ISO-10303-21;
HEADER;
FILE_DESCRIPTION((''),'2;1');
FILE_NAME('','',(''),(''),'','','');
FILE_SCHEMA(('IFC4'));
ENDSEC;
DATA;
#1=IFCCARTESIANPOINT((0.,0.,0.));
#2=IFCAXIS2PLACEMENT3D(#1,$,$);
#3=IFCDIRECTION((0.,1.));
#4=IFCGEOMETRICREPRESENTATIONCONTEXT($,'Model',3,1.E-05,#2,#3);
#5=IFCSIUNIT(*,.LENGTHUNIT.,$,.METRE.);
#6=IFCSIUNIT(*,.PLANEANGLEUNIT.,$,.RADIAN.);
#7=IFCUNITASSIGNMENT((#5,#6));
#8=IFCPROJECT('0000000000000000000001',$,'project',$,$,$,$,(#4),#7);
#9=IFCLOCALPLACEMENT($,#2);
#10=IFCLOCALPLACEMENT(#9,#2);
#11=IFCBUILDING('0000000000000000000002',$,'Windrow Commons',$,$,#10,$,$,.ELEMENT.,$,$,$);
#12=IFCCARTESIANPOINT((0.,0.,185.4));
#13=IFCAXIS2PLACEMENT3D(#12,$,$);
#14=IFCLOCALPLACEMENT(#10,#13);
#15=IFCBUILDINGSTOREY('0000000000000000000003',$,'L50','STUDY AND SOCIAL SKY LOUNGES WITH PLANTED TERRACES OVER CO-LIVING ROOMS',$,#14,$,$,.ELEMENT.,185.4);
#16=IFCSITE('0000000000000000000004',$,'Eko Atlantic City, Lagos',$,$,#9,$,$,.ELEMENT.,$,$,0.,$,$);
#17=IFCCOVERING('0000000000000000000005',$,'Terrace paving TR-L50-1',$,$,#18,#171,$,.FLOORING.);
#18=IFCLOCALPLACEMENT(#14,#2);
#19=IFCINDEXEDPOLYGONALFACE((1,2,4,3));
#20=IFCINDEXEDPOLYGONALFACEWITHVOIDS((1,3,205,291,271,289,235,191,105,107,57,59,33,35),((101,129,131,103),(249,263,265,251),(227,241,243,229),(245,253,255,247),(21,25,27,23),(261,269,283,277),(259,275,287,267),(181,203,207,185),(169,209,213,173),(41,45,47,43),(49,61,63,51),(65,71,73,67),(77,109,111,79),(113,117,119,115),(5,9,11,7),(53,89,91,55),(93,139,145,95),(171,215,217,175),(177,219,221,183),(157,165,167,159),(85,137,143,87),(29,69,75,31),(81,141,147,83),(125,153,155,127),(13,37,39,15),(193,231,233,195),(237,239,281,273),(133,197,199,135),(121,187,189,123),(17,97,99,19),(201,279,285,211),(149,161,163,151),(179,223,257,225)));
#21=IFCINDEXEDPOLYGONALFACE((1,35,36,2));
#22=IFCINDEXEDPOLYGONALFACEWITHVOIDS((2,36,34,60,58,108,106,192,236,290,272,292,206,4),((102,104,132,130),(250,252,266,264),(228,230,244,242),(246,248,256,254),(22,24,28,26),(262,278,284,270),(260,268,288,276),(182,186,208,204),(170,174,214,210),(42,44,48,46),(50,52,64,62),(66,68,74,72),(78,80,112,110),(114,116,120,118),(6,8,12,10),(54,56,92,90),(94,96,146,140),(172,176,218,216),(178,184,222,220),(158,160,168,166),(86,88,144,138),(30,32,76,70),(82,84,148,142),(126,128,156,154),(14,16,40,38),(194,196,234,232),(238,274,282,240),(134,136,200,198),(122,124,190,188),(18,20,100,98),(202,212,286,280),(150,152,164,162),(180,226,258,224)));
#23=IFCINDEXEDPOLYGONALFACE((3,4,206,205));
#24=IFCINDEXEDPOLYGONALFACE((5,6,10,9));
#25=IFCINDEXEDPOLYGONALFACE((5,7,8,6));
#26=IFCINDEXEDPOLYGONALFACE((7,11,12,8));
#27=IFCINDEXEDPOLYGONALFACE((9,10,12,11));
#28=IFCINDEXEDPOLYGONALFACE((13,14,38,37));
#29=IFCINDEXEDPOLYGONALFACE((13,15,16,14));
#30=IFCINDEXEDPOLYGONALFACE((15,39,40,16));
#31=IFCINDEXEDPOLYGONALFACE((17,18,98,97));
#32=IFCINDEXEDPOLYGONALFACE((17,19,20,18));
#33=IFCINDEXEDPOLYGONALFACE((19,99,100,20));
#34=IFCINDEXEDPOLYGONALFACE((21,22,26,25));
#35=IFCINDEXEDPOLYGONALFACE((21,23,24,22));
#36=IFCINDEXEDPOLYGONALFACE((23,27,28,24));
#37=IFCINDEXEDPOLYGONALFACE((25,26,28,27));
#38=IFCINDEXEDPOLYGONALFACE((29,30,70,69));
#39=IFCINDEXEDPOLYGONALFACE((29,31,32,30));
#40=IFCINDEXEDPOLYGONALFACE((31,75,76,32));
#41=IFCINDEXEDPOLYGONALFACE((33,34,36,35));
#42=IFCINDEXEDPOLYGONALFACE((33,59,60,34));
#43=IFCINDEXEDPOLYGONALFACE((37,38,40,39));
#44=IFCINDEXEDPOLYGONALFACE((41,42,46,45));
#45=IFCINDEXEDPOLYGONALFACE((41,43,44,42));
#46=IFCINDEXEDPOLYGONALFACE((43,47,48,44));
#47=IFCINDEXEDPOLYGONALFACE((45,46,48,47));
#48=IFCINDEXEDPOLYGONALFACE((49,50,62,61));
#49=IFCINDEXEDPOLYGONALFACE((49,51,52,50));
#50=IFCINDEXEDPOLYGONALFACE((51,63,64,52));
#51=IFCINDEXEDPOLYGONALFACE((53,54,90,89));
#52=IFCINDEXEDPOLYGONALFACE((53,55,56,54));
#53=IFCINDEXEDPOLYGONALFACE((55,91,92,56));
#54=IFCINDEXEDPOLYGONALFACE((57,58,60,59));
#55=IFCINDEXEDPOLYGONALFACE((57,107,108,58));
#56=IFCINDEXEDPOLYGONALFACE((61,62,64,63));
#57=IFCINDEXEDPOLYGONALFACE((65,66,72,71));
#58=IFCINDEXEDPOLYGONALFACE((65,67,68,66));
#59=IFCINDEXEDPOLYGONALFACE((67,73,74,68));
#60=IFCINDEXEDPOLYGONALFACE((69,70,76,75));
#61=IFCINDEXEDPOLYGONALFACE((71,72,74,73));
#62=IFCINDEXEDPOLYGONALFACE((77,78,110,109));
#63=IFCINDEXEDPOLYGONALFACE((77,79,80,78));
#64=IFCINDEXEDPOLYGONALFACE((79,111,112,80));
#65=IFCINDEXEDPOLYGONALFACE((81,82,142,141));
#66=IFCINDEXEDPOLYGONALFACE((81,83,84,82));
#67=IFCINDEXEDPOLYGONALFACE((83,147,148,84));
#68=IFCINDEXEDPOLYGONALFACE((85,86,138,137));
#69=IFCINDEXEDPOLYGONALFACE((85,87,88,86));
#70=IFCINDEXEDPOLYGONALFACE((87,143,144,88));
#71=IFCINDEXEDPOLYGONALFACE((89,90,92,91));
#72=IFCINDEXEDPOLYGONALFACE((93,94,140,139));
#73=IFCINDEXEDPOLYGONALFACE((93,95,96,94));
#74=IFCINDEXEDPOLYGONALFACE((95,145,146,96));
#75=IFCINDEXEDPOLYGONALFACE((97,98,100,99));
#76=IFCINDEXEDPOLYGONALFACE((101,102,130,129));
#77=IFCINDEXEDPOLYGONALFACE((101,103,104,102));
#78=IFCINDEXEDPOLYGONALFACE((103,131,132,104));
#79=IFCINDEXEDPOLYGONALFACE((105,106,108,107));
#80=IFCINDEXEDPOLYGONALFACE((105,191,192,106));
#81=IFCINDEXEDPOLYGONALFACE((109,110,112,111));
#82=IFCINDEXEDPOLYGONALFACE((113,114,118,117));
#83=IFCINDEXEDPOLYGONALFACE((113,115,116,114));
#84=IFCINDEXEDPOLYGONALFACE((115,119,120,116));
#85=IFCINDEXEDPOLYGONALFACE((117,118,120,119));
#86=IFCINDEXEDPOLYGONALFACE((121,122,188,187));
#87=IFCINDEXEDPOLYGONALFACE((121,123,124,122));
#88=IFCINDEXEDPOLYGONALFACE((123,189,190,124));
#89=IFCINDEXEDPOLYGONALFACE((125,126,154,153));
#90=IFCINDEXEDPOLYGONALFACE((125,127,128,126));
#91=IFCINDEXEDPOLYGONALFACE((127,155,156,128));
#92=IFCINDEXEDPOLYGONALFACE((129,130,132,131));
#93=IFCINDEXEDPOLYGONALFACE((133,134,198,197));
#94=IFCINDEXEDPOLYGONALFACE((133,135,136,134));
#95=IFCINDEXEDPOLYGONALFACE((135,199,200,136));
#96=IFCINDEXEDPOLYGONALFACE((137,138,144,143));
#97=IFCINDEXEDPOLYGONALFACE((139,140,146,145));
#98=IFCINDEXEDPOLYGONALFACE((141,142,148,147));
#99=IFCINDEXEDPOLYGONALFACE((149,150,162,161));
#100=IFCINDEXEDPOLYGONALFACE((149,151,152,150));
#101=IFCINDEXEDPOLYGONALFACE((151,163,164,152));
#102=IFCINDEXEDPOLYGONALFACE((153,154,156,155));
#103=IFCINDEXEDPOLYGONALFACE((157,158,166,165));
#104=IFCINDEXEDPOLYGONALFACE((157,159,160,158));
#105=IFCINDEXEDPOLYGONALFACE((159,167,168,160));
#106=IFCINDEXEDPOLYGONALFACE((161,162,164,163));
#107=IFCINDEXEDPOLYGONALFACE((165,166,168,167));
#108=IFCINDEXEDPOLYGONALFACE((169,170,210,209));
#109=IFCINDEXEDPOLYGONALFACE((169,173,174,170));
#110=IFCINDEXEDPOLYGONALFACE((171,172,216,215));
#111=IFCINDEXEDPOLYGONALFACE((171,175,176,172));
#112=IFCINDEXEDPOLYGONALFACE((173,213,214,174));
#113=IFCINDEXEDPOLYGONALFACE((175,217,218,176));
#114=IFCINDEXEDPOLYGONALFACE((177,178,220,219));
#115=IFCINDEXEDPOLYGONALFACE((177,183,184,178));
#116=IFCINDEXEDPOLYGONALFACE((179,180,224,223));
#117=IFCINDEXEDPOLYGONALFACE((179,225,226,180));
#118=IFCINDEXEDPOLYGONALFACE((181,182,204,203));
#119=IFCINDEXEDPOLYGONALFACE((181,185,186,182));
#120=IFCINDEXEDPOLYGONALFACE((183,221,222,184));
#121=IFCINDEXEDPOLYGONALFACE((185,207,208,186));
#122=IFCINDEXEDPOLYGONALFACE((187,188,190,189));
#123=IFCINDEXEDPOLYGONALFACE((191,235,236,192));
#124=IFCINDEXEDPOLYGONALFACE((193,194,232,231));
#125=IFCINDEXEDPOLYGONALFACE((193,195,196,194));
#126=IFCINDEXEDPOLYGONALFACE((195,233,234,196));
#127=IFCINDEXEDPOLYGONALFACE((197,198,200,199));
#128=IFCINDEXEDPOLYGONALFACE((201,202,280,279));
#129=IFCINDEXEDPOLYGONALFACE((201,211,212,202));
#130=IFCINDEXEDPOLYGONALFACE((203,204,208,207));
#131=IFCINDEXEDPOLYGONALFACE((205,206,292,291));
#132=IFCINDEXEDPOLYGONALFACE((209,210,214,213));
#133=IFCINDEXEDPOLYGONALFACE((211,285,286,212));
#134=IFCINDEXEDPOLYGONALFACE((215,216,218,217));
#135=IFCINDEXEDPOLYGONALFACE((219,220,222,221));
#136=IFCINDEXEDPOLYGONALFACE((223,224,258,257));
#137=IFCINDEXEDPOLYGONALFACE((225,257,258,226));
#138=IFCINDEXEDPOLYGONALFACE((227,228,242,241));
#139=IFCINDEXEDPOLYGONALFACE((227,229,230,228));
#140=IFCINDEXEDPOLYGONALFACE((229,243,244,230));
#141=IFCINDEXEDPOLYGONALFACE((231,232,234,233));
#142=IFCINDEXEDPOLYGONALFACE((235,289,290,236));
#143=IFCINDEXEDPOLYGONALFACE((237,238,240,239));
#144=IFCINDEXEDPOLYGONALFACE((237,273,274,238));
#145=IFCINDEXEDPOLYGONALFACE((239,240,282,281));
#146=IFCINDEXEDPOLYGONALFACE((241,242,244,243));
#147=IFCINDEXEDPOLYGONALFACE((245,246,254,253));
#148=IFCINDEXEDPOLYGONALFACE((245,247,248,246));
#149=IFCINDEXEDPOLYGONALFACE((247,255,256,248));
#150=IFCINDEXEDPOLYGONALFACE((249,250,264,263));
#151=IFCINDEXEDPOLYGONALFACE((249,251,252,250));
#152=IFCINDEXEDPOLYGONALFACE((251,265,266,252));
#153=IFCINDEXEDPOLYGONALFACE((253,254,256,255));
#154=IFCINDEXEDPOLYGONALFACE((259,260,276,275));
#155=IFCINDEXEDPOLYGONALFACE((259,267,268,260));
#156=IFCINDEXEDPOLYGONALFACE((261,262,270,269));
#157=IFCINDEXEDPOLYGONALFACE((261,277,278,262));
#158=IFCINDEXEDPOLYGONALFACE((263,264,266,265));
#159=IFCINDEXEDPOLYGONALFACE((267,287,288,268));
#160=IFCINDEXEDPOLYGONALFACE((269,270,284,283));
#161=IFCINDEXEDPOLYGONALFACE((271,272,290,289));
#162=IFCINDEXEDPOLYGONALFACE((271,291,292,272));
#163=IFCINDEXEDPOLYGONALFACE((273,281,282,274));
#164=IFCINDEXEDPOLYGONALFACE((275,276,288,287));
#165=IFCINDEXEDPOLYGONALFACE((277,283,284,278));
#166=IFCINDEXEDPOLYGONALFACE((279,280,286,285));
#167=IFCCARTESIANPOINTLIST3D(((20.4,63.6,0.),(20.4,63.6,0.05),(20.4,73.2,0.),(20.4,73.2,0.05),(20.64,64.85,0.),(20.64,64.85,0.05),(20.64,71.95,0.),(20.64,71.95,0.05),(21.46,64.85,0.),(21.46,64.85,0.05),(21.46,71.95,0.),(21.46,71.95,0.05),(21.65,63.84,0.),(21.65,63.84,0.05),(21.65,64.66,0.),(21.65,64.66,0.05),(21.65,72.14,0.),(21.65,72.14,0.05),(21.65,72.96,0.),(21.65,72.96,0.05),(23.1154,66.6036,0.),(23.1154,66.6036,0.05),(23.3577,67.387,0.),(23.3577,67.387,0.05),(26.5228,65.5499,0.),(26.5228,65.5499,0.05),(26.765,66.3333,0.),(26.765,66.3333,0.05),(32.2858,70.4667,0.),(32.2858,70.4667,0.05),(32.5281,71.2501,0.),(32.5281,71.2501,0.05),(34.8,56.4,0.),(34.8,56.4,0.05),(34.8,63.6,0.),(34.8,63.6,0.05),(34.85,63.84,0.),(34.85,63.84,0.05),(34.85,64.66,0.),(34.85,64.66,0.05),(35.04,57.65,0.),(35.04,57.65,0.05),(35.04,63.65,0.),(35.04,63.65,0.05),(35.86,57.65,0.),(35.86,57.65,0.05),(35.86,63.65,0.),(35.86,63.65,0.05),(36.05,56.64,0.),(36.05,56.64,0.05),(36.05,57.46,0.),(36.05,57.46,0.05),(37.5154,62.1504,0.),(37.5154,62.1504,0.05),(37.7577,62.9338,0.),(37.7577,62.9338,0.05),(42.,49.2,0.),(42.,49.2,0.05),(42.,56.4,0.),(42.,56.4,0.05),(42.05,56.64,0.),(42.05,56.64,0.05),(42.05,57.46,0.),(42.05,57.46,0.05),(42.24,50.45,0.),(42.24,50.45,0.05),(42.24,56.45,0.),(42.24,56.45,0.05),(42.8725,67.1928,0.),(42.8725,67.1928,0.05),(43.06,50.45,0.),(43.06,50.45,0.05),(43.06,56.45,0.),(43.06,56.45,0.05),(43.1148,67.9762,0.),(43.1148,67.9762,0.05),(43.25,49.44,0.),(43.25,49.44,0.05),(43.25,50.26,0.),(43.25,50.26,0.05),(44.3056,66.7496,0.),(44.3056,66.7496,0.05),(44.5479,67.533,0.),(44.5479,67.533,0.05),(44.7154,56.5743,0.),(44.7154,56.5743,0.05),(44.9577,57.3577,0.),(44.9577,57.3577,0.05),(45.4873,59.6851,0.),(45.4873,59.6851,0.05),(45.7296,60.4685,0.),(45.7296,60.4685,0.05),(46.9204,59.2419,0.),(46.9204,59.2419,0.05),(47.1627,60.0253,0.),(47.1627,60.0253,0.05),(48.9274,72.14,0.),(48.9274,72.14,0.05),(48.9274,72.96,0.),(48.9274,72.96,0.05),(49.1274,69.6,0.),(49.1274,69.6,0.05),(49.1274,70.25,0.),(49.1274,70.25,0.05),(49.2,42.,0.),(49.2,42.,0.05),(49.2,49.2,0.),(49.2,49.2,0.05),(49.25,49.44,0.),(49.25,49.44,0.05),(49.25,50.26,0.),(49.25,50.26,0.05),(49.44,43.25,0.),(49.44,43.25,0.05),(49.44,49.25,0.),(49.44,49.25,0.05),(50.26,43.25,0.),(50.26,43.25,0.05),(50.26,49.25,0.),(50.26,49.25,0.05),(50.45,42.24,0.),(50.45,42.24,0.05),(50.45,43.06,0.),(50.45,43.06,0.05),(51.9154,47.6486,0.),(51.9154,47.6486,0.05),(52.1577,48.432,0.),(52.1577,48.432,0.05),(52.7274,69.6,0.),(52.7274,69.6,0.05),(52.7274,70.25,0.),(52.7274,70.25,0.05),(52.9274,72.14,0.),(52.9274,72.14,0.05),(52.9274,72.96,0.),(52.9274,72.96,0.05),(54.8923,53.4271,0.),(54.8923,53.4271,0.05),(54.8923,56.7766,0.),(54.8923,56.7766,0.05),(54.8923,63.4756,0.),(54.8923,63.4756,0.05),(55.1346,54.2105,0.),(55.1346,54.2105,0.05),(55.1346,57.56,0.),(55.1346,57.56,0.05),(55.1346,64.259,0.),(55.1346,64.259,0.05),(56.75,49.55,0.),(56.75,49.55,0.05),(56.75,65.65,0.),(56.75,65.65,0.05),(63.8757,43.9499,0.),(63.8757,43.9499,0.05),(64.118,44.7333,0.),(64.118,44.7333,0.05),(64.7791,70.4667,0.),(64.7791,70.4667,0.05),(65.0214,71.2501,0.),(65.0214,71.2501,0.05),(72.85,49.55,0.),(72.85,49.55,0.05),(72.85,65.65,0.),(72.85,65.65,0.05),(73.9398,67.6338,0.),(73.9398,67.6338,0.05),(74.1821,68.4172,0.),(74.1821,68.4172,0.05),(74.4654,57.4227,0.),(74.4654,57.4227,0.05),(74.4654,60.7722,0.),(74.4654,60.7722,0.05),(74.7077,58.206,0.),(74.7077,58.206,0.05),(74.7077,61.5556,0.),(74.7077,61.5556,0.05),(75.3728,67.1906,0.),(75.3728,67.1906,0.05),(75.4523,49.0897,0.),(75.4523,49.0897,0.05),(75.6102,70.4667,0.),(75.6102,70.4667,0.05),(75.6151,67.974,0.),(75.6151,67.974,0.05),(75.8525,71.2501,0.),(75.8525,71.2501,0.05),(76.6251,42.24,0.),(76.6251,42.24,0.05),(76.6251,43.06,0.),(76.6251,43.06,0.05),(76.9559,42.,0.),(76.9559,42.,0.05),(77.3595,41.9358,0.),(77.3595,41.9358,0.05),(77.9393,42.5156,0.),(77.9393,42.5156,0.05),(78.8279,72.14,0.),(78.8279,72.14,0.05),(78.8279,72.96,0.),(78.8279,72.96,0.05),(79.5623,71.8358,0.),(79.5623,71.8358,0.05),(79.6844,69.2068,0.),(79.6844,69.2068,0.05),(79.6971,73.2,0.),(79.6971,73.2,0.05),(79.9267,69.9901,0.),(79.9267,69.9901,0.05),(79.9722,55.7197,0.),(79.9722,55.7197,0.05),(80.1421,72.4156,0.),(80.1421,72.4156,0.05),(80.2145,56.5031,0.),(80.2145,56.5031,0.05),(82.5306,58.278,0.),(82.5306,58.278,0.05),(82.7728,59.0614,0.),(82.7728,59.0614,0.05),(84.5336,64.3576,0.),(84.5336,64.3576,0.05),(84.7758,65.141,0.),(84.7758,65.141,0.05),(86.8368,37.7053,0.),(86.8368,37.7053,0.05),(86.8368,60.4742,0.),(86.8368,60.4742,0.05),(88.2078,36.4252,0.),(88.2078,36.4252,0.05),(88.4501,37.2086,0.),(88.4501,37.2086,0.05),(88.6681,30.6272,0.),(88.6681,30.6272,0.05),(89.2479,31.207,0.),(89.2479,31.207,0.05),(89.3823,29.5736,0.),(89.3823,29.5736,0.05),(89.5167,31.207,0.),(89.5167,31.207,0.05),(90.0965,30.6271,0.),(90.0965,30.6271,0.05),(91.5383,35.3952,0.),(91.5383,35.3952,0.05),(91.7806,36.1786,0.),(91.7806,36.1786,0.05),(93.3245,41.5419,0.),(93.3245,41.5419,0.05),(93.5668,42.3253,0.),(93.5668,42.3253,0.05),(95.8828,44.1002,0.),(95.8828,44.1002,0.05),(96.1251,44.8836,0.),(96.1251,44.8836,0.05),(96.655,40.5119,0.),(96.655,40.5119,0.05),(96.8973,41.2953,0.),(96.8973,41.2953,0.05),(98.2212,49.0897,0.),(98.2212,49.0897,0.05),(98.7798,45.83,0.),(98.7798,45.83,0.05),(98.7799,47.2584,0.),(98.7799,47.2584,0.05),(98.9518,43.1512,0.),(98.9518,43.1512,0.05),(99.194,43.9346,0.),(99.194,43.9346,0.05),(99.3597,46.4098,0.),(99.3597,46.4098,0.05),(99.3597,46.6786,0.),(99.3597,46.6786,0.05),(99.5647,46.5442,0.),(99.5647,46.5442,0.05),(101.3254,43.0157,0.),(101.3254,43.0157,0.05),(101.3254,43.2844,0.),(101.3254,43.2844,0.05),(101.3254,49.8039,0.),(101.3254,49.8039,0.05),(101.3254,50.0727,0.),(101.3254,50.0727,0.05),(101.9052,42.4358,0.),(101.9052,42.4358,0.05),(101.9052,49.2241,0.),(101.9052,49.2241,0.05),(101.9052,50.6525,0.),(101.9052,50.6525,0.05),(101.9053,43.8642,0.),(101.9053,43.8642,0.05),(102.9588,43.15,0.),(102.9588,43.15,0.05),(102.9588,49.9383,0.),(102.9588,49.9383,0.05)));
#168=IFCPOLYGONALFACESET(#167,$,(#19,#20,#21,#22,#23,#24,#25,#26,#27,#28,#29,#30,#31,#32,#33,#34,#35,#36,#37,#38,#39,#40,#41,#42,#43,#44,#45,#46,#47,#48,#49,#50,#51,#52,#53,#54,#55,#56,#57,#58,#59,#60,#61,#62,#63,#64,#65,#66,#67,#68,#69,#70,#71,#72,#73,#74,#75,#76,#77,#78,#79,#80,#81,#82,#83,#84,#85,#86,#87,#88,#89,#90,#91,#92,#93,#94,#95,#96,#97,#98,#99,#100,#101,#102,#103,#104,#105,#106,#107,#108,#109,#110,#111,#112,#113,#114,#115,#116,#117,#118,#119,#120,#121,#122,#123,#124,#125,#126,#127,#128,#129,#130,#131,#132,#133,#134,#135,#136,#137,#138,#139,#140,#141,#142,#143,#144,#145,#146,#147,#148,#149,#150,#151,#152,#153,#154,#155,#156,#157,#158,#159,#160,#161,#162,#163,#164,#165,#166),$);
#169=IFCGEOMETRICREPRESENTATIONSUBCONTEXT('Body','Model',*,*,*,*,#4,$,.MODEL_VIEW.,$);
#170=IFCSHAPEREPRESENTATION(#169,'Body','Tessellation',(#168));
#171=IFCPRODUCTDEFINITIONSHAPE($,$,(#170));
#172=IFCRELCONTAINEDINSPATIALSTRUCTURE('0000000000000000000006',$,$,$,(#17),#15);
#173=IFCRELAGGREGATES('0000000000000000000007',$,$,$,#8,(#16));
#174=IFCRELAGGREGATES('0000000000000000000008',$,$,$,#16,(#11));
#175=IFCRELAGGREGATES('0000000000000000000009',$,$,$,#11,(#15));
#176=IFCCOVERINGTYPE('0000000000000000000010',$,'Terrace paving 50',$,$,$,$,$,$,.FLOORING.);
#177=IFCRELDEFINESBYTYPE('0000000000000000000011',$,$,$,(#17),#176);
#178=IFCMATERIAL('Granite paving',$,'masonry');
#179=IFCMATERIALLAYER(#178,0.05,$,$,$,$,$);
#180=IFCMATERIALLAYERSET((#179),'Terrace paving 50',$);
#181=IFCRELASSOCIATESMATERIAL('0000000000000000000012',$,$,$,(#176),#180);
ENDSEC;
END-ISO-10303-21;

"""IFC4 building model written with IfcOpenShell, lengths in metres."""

from ifc_helpers import new_model, si_unit, direction, frame, origin, place, context, subcontext, project, spatial, polyline, outline, extrude, material, layer, layer_set, type_object, element, save


model = new_model("IFC4")

# Units and contexts
model_context = context("Model", 3, precision=1e-05, world=origin(), true_north=direction((0.0, 1.0)))
body_context = subcontext(model_context, "Body", "Model", "MODEL_VIEW")
ifc_project = project(units=[si_unit("LENGTHUNIT", "METRE"), si_unit("PLANEANGLEUNIT", "RADIAN")], contexts=[model_context])

# Site, building, storey
site_placement = place(None, origin())
site = spatial("IfcSite", under=ifc_project, at=site_placement, Name="Eko Atlantic City, Lagos", CompositionType="ELEMENT", RefElevation=0.0)
building_placement = place(site_placement, origin())
building = spatial("IfcBuilding", under=site, at=building_placement, Name="Windrow Commons", CompositionType="ELEMENT")
storey_placement = place(building_placement, frame((0.0, 0.0, 185.4)))
storey = spatial("IfcBuildingStorey", under=building, at=storey_placement, Name="L50", Description="STUDY AND SOCIAL SKY LOUNGES WITH PLANTED TERRACES OVER CO-LIVING ROOMS", CompositionType="ELEMENT", Elevation=185.4)

# Shared definitions
placement_1 = place(storey_placement, origin())

# Covering
ifc_material_1 = material(Name="Granite paving", Category="masonry")
ifc_layer_1 = layer(ifc_material_1, 0.05)
ifc_layer_set_1 = layer_set([ifc_layer_1], Name="Terrace paving 50")
covering_type = type_object("IfcCoveringType", Name="Terrace paving 50", PredefinedType="FLOORING", material=ifc_layer_set_1)
element("IfcCovering", 1, at=placement_1, inside=storey, type_object=covering_type, Name="Terrace paving TR-L50-1", PredefinedType="FLOORING", context=body_context, shape_type="SweptSolid", body=[
    extrude(outline(polyline([(49.2, 42.0), (49.2, 49.2), (42.0, 49.2), (42.0, 56.4), (34.8, 56.4), (34.8, 63.6), (20.4, 63.6), (20.4, 73.2), (79.6971, 73.2), (102.9588, 49.9383), (99.5647, 46.5442), (102.9588, 43.15), (89.3823, 29.5736), (76.9559, 42.0), (49.2, 42.0)]), holes=[polyline([(76.6251, 43.06), (50.45, 43.06), (50.45, 42.24), (76.6251, 42.24), (76.6251, 43.06)]), polyline([(51.9154, 47.6486), (63.8757, 43.9499), (64.118, 44.7333), (52.1577, 48.432), (51.9154, 47.6486)]), polyline([(50.26, 43.25), (50.26, 49.25), (49.44, 49.25), (49.44, 43.25), (50.26, 43.25)]), polyline([(49.25, 50.26), (43.25, 50.26), (43.25, 49.44), (49.25, 49.44), (49.25, 50.26)]), polyline([(43.06, 50.45), (43.06, 56.45), (42.24, 56.45), (42.24, 50.45), (43.06, 50.45)]), polyline([(44.7154, 56.5743), (54.8923, 53.4271), (55.1346, 54.2105), (44.9577, 57.3577), (44.7154, 56.5743)]), polyline([(42.05, 57.46), (36.05, 57.46), (36.05, 56.64), (42.05, 56.64), (42.05, 57.46)]), polyline([(46.9204, 59.2419), (54.8923, 56.7766), (55.1346, 57.56), (47.1627, 60.0253), (46.9204, 59.2419)]), polyline([(35.86, 57.65), (35.86, 63.65), (35.04, 63.65), (35.04, 57.65), (35.86, 57.65)]), polyline([(37.5154, 62.1504), (45.4873, 59.6851), (45.7296, 60.4685), (37.7577, 62.9338), (37.5154, 62.1504)]), polyline([(34.85, 64.66), (21.65, 64.66), (21.65, 63.84), (34.85, 63.84), (34.85, 64.66)]), polyline([(44.3056, 66.7496), (54.8923, 63.4756), (55.1346, 64.259), (44.5479, 67.533), (44.3056, 66.7496)]), polyline([(23.1154, 66.6036), (26.5228, 65.5499), (26.765, 66.3333), (23.3577, 67.387), (23.1154, 66.6036)]), polyline([(21.46, 64.85), (21.46, 71.95), (20.64, 71.95), (20.64, 64.85), (21.46, 64.85)]), polyline([(32.2858, 70.4667), (42.8725, 67.1928), (43.1148, 67.9762), (32.5281, 71.2501), (32.2858, 70.4667)]), polyline([(49.1274, 70.25), (49.1274, 69.6), (52.7274, 69.6), (52.7274, 70.25), (49.1274, 70.25)]), polyline([(21.65, 72.14), (48.9274, 72.14), (48.9274, 72.96), (21.65, 72.96), (21.65, 72.14)]), polyline([(88.2078, 36.4252), (91.5383, 35.3952), (91.7806, 36.1786), (88.4501, 37.2086), (88.2078, 36.4252)]), polyline([(89.2479, 31.207), (77.9393, 42.5156), (77.3595, 41.9358), (88.6681, 30.6272), (89.2479, 31.207)]), polyline([(101.3254, 43.0157), (89.5167, 31.207), (90.0965, 30.6271), (101.9052, 42.4358), (101.3254, 43.0157)]), polyline([(93.3245, 41.5419), (96.655, 40.5119), (96.8973, 41.2953), (93.5668, 42.3253), (93.3245, 41.5419)]), polyline([(95.8828, 44.1002), (98.9518, 43.1512), (99.194, 43.9346), (96.1251, 44.8836), (95.8828, 44.1002)]), polyline([(98.7798, 45.83), (101.3254, 43.2844), (101.9053, 43.8642), (99.3597, 46.4098), (98.7798, 45.83)]), polyline([(101.3254, 49.8039), (98.7799, 47.2584), (99.3597, 46.6786), (101.9052, 49.2241), (101.3254, 49.8039)]), polyline([(86.8368, 60.4742), (75.4523, 49.0897), (86.8368, 37.7053), (98.2212, 49.0897), (86.8368, 60.4742)]), polyline([(74.4654, 57.4227), (79.9722, 55.7197), (80.2145, 56.5031), (74.7077, 58.206), (74.4654, 57.4227)]), polyline([(56.75, 65.65), (56.75, 49.55), (72.85, 49.55), (72.85, 65.65), (56.75, 65.65)]), polyline([(74.4654, 60.7722), (82.5306, 58.278), (82.7728, 59.0614), (74.7077, 61.5556), (74.4654, 60.7722)]), polyline([(79.5623, 71.8358), (101.3254, 50.0727), (101.9052, 50.6525), (80.1421, 72.4156), (79.5623, 71.8358)]), polyline([(75.3728, 67.1906), (84.5336, 64.3576), (84.7758, 65.141), (75.6151, 67.974), (75.3728, 67.1906)]), polyline([(64.7791, 70.4667), (73.9398, 67.6338), (74.1821, 68.4172), (65.0214, 71.2501), (64.7791, 70.4667)]), polyline([(75.8525, 71.2501), (75.6102, 70.4667), (79.6844, 69.2068), (79.9267, 69.9901), (75.8525, 71.2501)]), polyline([(52.9274, 72.96), (52.9274, 72.14), (78.8279, 72.14), (78.8279, 72.96), (52.9274, 72.96)])]), origin(), (0.0, 0.0, 1.0), 0.05),
])

save(model, "model.ifc")
